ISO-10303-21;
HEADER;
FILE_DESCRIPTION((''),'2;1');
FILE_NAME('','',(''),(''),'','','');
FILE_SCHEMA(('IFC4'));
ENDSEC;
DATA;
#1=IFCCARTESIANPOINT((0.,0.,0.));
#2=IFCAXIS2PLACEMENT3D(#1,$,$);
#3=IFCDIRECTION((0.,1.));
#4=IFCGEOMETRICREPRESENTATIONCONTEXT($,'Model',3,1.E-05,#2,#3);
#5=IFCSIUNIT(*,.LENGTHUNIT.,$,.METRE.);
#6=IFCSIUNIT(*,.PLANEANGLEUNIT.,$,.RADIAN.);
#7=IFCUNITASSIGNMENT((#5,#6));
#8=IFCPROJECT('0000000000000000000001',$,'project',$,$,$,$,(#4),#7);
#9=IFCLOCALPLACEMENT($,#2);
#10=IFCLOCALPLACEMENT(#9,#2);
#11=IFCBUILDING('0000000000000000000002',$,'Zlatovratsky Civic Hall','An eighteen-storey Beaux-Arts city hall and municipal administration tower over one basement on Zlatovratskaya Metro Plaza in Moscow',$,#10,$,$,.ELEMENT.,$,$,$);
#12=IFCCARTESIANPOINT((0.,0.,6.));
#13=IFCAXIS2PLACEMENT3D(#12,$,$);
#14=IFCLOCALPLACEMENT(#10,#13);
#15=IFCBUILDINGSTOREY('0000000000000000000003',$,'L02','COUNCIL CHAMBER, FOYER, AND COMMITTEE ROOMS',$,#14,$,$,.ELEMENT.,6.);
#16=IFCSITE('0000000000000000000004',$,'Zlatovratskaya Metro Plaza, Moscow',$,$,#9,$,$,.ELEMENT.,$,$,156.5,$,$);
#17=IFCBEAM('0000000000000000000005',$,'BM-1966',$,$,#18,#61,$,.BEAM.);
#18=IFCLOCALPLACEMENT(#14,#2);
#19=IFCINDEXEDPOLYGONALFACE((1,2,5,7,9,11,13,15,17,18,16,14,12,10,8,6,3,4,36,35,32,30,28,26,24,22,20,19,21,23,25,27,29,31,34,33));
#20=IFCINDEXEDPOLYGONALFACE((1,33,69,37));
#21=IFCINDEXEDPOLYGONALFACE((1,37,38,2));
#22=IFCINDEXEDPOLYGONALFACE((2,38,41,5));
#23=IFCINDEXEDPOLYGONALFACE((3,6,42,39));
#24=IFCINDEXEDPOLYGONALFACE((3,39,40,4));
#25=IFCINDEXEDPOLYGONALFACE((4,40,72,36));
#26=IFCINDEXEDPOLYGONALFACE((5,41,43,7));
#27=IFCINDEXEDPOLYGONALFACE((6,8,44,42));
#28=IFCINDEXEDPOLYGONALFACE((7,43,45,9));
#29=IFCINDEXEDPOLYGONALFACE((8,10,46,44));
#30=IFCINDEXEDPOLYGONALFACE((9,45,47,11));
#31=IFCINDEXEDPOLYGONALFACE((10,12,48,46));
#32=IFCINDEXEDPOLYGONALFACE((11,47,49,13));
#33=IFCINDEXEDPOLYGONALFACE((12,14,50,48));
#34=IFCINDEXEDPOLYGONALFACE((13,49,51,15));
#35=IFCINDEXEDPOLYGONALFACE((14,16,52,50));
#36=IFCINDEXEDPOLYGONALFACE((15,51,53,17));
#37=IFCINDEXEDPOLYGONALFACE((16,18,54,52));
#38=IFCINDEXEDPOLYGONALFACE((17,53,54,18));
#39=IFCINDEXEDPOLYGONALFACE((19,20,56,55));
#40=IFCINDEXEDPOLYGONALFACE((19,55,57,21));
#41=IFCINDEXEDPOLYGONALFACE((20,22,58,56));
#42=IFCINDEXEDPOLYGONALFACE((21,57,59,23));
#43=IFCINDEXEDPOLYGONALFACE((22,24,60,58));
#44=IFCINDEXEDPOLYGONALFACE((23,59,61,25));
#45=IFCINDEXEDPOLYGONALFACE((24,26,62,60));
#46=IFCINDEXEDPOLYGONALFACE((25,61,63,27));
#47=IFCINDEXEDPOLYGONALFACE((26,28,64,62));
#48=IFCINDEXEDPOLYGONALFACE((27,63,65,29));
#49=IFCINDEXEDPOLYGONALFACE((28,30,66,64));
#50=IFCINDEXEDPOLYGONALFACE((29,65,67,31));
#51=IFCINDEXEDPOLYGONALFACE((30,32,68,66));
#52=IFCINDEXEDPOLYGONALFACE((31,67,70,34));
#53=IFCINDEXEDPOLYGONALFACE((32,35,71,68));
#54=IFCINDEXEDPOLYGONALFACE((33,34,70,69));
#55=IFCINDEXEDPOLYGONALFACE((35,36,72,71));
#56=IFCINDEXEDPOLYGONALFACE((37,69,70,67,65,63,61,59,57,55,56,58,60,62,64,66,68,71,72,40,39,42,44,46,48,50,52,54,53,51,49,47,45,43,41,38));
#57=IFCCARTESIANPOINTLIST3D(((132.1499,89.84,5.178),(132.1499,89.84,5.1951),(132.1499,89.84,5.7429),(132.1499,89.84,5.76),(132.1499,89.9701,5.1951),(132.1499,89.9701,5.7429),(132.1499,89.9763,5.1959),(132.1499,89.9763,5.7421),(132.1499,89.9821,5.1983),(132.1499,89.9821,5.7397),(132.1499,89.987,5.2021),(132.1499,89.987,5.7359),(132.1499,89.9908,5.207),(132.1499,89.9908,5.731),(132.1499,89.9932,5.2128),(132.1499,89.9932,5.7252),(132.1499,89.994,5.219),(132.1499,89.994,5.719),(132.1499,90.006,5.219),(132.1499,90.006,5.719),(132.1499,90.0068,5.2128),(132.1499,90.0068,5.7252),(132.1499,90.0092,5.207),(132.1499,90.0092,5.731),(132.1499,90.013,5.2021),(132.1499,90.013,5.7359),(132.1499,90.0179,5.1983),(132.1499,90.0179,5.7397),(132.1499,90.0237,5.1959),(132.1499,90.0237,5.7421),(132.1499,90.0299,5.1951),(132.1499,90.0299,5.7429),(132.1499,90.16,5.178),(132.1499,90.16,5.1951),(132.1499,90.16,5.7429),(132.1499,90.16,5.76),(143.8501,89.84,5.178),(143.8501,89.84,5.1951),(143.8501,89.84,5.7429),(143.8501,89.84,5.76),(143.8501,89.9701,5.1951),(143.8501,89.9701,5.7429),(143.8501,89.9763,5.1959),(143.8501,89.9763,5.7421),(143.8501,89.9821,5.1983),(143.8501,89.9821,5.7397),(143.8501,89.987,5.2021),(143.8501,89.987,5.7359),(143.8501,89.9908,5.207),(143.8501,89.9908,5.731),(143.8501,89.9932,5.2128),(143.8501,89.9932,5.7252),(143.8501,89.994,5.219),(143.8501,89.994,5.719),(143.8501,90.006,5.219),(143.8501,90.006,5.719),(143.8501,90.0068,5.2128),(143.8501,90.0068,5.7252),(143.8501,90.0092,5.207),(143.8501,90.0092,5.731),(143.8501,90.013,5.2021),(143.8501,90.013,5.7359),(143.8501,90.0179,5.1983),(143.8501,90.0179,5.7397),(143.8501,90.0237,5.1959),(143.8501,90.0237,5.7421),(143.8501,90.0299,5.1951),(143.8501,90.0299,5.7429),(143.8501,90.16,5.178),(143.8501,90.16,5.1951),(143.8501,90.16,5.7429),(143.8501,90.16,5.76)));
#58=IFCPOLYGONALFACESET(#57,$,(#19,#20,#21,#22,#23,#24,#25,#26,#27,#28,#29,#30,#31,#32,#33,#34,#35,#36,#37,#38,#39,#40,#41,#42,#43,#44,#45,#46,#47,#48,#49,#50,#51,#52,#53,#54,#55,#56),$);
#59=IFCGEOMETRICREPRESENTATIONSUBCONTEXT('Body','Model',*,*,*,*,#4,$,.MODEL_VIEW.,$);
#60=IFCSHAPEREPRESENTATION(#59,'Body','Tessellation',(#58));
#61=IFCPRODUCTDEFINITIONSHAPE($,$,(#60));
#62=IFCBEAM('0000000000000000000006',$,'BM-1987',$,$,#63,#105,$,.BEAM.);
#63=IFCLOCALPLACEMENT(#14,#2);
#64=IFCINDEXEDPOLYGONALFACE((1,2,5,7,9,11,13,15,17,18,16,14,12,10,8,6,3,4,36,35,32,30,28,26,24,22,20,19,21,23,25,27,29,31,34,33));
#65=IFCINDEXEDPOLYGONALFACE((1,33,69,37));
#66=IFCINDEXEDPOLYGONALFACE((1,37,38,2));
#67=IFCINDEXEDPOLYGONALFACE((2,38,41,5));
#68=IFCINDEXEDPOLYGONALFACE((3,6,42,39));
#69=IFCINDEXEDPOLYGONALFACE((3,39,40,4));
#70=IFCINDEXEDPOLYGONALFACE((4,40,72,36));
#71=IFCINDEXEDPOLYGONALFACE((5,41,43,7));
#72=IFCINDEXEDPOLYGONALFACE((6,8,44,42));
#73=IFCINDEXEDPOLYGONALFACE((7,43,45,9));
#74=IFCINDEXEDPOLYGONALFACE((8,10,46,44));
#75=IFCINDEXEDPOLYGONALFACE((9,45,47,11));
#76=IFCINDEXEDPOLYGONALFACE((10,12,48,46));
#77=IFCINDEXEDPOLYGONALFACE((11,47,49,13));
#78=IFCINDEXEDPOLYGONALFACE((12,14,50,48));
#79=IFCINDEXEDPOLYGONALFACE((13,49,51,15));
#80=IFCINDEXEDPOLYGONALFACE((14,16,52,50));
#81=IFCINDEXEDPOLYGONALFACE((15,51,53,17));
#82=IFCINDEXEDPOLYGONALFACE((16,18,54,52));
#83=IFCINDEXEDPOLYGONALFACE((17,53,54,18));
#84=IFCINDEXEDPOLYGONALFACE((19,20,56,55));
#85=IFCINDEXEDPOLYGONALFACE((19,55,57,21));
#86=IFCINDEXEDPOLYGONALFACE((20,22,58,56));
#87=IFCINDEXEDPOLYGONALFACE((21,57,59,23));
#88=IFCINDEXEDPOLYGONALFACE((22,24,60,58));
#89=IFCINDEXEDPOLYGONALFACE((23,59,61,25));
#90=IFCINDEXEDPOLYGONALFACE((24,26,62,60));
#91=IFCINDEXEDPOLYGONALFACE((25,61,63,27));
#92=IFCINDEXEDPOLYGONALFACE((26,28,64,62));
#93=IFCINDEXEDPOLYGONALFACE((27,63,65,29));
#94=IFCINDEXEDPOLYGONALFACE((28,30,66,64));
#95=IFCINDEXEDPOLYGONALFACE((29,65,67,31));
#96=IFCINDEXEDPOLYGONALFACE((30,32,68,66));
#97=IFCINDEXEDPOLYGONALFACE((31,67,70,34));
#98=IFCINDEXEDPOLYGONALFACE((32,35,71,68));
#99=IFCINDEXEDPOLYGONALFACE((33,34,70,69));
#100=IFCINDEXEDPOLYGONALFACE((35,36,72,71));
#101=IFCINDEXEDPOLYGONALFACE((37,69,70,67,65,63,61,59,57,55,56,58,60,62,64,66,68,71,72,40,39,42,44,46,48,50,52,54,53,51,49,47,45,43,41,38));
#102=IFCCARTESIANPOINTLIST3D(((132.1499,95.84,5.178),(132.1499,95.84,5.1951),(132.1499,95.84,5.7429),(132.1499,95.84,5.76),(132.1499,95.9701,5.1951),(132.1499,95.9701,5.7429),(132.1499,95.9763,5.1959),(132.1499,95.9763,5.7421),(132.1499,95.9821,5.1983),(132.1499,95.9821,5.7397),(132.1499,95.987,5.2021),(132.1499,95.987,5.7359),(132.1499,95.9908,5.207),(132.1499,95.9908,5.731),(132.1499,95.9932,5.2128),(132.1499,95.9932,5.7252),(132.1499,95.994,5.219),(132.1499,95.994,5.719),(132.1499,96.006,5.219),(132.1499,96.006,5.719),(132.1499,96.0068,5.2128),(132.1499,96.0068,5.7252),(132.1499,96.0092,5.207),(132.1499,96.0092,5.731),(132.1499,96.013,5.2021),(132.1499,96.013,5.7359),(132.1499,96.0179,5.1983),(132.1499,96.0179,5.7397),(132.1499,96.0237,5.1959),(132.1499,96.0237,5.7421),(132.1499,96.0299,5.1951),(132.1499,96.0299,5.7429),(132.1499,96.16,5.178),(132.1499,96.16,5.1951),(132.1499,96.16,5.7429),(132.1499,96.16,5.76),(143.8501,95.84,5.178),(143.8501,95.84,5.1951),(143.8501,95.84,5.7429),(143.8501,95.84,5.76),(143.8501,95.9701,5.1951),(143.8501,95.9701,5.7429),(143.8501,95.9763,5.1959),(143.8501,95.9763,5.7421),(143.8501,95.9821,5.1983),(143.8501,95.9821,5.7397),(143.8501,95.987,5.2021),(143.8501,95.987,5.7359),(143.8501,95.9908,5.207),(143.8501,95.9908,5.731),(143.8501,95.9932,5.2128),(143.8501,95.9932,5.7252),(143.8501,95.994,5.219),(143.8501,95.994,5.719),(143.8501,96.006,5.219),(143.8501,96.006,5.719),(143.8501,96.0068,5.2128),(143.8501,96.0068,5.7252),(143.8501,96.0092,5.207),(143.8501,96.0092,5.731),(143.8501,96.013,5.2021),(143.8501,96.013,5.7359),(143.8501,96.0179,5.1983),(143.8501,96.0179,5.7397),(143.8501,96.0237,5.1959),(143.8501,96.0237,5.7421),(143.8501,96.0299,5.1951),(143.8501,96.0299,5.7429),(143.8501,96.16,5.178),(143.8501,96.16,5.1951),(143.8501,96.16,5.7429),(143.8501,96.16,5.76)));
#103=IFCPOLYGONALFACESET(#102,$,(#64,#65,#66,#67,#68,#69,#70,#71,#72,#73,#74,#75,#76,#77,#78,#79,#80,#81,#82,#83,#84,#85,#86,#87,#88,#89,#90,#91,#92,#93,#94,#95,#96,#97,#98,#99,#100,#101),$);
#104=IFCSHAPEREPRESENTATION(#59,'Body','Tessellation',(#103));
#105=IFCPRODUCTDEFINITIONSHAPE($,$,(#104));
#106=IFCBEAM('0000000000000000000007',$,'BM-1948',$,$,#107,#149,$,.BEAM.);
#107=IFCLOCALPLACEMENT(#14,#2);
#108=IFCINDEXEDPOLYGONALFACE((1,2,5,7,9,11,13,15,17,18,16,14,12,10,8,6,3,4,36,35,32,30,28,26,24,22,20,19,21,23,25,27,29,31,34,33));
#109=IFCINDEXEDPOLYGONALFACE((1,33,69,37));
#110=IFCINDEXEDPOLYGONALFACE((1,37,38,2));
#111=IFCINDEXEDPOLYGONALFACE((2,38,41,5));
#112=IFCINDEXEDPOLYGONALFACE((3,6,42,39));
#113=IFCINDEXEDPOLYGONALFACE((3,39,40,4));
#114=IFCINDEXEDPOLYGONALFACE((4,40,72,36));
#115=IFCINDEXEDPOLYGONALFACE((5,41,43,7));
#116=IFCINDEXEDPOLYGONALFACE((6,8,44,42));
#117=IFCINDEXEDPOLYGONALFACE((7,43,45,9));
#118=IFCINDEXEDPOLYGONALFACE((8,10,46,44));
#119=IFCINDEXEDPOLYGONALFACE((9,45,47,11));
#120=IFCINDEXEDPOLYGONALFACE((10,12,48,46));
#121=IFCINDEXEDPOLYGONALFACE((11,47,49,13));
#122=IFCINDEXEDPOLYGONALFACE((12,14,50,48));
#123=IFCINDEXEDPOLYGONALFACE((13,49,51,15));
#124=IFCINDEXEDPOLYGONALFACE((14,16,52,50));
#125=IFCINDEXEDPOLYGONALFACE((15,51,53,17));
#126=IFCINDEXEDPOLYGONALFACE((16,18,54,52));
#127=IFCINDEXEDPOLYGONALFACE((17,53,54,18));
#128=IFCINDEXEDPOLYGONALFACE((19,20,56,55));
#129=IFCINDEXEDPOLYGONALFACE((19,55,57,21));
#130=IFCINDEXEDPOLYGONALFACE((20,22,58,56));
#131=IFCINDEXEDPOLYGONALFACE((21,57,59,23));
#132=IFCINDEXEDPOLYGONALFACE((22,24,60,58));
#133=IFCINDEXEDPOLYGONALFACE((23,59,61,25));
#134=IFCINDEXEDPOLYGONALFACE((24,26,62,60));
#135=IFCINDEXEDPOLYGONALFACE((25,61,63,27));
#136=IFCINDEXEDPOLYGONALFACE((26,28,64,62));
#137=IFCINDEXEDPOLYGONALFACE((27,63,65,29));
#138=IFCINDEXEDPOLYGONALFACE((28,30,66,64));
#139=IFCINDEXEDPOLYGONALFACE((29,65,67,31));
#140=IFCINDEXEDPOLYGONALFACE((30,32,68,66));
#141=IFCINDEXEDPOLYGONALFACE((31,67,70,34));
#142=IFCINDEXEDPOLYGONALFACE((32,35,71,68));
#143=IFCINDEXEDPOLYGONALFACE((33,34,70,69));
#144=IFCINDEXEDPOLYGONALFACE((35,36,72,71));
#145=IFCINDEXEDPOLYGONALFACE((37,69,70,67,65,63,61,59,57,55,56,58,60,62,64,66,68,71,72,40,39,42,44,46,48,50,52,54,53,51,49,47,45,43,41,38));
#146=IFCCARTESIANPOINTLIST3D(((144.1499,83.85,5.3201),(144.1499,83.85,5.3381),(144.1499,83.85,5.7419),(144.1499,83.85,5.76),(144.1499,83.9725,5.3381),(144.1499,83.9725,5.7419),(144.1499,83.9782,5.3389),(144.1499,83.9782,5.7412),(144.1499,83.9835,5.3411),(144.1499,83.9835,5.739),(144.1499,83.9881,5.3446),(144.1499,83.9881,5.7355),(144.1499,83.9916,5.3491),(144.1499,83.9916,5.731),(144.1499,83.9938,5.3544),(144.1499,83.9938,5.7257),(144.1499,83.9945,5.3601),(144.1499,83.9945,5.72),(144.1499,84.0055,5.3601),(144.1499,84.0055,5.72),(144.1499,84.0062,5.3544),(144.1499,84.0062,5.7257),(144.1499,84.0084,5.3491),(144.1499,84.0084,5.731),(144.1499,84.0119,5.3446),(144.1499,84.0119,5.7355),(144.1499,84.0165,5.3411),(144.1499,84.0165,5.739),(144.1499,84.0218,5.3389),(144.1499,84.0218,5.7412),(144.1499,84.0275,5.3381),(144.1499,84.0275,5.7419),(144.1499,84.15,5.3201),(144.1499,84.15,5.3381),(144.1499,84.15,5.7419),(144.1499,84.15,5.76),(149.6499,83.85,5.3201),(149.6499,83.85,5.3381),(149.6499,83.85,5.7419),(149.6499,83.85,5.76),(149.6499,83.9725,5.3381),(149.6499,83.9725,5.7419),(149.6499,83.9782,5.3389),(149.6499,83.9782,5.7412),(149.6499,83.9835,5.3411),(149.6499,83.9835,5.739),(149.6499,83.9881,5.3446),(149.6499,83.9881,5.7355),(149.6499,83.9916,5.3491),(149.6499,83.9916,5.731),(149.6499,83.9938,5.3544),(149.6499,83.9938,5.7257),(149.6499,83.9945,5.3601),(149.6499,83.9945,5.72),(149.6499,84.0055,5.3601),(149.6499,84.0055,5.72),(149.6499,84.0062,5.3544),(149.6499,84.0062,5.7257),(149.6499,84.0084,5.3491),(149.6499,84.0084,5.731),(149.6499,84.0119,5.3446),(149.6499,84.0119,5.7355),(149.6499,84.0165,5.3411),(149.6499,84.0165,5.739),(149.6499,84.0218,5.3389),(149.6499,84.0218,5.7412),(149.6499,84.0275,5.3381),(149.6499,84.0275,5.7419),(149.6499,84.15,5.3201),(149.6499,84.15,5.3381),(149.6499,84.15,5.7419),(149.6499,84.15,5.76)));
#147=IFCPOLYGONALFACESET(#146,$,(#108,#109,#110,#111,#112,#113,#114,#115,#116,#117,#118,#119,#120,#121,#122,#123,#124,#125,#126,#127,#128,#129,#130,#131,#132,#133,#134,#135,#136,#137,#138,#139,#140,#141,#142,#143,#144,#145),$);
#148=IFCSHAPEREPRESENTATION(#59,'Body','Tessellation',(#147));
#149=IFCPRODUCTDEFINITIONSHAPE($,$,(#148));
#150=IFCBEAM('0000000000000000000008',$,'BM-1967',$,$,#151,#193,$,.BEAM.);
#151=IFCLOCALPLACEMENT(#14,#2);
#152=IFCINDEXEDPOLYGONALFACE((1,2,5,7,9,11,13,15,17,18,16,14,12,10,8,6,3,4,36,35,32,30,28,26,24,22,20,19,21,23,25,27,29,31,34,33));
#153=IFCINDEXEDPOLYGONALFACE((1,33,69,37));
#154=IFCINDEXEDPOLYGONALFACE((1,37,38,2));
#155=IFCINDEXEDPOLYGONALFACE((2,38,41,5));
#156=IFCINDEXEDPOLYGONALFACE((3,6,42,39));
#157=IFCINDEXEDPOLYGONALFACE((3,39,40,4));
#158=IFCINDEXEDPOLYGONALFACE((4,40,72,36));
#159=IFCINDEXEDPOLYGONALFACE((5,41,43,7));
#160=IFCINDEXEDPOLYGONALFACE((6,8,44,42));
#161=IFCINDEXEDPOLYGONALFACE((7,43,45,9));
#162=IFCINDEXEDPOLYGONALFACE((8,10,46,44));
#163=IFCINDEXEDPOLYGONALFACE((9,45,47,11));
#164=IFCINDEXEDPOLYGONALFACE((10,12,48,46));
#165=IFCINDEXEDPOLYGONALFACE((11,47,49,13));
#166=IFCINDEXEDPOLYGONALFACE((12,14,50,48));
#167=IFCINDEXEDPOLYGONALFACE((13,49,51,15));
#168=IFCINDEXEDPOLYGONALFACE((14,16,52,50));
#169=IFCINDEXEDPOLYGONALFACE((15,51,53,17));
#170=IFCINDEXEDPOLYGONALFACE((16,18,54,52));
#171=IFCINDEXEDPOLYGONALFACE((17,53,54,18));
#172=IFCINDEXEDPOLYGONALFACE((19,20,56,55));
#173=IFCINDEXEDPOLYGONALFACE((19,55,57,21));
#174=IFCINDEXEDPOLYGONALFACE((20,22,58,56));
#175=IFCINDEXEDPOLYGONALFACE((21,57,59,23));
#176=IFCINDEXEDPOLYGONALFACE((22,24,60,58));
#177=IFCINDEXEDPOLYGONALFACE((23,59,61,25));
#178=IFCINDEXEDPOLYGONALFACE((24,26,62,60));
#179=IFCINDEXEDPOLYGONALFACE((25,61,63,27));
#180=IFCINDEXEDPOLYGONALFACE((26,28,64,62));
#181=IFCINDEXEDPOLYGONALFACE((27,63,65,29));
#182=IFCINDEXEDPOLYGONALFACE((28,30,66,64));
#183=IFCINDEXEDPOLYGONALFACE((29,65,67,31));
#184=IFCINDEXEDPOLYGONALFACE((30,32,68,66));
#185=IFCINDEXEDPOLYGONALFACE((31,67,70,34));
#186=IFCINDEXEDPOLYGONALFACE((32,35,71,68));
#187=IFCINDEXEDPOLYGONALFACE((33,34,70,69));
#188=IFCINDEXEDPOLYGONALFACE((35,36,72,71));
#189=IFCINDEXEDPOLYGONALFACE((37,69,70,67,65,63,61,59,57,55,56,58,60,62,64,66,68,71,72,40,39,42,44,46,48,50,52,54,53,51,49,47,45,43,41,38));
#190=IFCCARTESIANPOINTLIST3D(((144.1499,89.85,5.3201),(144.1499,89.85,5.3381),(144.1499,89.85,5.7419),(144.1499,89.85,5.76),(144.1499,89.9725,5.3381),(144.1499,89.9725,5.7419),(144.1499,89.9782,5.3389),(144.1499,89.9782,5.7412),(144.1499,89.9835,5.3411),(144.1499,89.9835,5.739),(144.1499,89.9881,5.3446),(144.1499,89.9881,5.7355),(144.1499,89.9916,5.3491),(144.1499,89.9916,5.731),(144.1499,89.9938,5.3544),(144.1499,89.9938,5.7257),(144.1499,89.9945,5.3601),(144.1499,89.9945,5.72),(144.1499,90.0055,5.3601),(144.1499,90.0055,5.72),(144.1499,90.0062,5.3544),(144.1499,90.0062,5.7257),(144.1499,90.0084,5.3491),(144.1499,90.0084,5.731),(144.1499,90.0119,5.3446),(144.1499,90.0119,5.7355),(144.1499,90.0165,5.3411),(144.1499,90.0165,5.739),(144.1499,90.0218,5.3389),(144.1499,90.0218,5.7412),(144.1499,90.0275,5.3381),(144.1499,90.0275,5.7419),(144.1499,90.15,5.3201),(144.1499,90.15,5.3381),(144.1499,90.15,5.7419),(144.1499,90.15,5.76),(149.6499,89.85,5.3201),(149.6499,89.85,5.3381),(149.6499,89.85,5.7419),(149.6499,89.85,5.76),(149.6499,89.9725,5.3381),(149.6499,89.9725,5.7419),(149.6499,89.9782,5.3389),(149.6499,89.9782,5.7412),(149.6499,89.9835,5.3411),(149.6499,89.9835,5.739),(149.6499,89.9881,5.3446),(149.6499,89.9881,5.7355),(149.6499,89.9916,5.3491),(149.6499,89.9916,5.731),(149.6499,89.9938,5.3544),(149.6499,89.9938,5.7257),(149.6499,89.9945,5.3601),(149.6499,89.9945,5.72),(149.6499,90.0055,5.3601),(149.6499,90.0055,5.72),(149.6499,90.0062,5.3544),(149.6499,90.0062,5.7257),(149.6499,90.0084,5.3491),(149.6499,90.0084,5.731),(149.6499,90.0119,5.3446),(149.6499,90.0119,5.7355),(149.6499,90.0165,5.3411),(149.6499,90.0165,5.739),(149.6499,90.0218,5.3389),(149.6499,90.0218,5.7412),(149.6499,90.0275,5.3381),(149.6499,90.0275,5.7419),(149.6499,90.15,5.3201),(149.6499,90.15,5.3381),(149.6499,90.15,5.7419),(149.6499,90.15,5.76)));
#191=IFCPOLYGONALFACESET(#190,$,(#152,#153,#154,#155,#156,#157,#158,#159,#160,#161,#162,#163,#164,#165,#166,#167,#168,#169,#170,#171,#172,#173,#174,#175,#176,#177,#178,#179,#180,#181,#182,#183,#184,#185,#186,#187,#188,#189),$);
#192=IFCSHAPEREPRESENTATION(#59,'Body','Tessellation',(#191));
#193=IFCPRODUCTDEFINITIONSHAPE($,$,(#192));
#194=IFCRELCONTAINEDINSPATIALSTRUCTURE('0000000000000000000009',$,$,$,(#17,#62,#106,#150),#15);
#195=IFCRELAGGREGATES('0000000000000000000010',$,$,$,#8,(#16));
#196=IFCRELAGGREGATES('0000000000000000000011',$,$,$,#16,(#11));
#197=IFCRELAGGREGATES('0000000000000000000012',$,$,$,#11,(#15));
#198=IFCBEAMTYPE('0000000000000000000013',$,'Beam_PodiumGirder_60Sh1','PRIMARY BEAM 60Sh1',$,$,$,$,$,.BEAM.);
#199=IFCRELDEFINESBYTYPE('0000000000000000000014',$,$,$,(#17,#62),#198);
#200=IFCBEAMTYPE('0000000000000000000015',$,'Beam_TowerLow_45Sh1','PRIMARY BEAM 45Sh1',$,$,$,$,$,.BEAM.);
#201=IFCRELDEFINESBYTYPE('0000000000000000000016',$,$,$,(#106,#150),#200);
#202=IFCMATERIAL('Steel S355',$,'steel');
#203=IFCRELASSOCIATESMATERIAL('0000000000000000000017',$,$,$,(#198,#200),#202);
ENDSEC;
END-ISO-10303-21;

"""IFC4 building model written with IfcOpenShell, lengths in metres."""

from ifc_helpers import new_model, si_unit, direction, frame, origin, origin_2d, place, context, subcontext, project, spatial, i_section, extrude, material, material_profile, profile_set, type_object, element, save


model = new_model("IFC4")

# Units and contexts
model_context = context("Model", 3, precision=1e-05, world=origin(), true_north=direction((0.0, 1.0)))
body_context = subcontext(model_context, "Body", "Model", "MODEL_VIEW")
ifc_project = project(units=[si_unit("LENGTHUNIT", "METRE"), si_unit("PLANEANGLEUNIT", "RADIAN")], contexts=[model_context])

# Site, building, storey
site_placement = place(None, origin())
site = spatial("IfcSite", under=ifc_project, at=site_placement, Name="Zlatovratskaya Metro Plaza, Moscow", CompositionType="ELEMENT", RefElevation=156.5)
building_placement = place(site_placement, origin())
building = spatial("IfcBuilding", under=site, at=building_placement, Name="Zlatovratsky Civic Hall", Description="An eighteen-storey Beaux-Arts city hall and municipal administration tower over one basement on Zlatovratskaya Metro Plaza in Moscow", CompositionType="ELEMENT")
storey_placement = place(building_placement, frame((0.0, 0.0, 6.0)))
storey = spatial("IfcBuildingStorey", under=building, at=storey_placement, Name="L02", Description="COUNCIL CHAMBER, FOYER, AND COMMITTEE ROOMS", CompositionType="ELEMENT", Elevation=6.0)

# Shared definitions
ifc_material_1 = material(Name="Steel S355", Category="steel")

# Beams
ifc_material_profile_1 = material_profile(ifc_material_1, i_section(OverallWidth=0.3201, OverallDepth=0.582, WebThickness=0.012, FlangeThickness=0.0171, FilletRadius=0.0239, at=origin_2d()), Name="60Sh1")
ifc_profile_set_1 = profile_set([ifc_material_profile_1], Name="Steel S355")
beam_type_1 = type_object("IfcBeamType", Name="Beam_PodiumGirder_60Sh1", Description="PRIMARY BEAM 60Sh1", PredefinedType="BEAM", material=ifc_profile_set_1)
for number, where, z_axis, x_axis, name in (
    (1, (132.1499, 90.0, 5.469), (1.0, 0.0, 0.0), (0.0, 1.0, 0.0), "BM-1966"),
    (2, (132.1499, 96.0, 5.469), (1.0, 0.0, 0.0), (0.0, 1.0, 0.0), "BM-1987"),
):
    element("IfcBeam", number, at=place(storey_placement, frame(where, z_axis=z_axis, x_axis=x_axis)), inside=storey, type_object=beam_type_1, Name=name, PredefinedType="BEAM", context=body_context, shape_type="SweptSolid", body=[
        extrude(i_section(OverallWidth=0.3201, OverallDepth=0.582, WebThickness=0.012, FlangeThickness=0.0171, FilletRadius=0.0239, at=origin_2d()), origin(), (0.0, 0.0, 1.0), 11.7002),
    ])
ifc_material_profile_2 = material_profile(ifc_material_1, i_section(OverallWidth=0.3, OverallDepth=0.4399, WebThickness=0.011, FlangeThickness=0.0181, FilletRadius=0.022, at=origin_2d()), Name="45Sh1")
ifc_profile_set_2 = profile_set([ifc_material_profile_2], Name="Steel S355")
beam_type_2 = type_object("IfcBeamType", Name="Beam_TowerLow_45Sh1", Description="PRIMARY BEAM 45Sh1", PredefinedType="BEAM", material=ifc_profile_set_2)
for number, where, z_axis, x_axis, name in (
    (3, (144.1499, 84.0, 5.54), (1.0, 0.0, 0.0), (0.0, 1.0, 0.0), "BM-1948"),
    (4, (144.1499, 90.0, 5.54), (1.0, 0.0, 0.0), (0.0, 1.0, 0.0), "BM-1967"),
):
    element("IfcBeam", number, at=place(storey_placement, frame(where, z_axis=z_axis, x_axis=x_axis)), inside=storey, type_object=beam_type_2, Name=name, PredefinedType="BEAM", context=body_context, shape_type="SweptSolid", body=[
        extrude(i_section(OverallWidth=0.3, OverallDepth=0.4399, WebThickness=0.011, FlangeThickness=0.0181, FilletRadius=0.022, at=origin_2d()), origin(), (0.0, 0.0, 1.0), 5.5),
    ])

save(model, "model.ifc")
